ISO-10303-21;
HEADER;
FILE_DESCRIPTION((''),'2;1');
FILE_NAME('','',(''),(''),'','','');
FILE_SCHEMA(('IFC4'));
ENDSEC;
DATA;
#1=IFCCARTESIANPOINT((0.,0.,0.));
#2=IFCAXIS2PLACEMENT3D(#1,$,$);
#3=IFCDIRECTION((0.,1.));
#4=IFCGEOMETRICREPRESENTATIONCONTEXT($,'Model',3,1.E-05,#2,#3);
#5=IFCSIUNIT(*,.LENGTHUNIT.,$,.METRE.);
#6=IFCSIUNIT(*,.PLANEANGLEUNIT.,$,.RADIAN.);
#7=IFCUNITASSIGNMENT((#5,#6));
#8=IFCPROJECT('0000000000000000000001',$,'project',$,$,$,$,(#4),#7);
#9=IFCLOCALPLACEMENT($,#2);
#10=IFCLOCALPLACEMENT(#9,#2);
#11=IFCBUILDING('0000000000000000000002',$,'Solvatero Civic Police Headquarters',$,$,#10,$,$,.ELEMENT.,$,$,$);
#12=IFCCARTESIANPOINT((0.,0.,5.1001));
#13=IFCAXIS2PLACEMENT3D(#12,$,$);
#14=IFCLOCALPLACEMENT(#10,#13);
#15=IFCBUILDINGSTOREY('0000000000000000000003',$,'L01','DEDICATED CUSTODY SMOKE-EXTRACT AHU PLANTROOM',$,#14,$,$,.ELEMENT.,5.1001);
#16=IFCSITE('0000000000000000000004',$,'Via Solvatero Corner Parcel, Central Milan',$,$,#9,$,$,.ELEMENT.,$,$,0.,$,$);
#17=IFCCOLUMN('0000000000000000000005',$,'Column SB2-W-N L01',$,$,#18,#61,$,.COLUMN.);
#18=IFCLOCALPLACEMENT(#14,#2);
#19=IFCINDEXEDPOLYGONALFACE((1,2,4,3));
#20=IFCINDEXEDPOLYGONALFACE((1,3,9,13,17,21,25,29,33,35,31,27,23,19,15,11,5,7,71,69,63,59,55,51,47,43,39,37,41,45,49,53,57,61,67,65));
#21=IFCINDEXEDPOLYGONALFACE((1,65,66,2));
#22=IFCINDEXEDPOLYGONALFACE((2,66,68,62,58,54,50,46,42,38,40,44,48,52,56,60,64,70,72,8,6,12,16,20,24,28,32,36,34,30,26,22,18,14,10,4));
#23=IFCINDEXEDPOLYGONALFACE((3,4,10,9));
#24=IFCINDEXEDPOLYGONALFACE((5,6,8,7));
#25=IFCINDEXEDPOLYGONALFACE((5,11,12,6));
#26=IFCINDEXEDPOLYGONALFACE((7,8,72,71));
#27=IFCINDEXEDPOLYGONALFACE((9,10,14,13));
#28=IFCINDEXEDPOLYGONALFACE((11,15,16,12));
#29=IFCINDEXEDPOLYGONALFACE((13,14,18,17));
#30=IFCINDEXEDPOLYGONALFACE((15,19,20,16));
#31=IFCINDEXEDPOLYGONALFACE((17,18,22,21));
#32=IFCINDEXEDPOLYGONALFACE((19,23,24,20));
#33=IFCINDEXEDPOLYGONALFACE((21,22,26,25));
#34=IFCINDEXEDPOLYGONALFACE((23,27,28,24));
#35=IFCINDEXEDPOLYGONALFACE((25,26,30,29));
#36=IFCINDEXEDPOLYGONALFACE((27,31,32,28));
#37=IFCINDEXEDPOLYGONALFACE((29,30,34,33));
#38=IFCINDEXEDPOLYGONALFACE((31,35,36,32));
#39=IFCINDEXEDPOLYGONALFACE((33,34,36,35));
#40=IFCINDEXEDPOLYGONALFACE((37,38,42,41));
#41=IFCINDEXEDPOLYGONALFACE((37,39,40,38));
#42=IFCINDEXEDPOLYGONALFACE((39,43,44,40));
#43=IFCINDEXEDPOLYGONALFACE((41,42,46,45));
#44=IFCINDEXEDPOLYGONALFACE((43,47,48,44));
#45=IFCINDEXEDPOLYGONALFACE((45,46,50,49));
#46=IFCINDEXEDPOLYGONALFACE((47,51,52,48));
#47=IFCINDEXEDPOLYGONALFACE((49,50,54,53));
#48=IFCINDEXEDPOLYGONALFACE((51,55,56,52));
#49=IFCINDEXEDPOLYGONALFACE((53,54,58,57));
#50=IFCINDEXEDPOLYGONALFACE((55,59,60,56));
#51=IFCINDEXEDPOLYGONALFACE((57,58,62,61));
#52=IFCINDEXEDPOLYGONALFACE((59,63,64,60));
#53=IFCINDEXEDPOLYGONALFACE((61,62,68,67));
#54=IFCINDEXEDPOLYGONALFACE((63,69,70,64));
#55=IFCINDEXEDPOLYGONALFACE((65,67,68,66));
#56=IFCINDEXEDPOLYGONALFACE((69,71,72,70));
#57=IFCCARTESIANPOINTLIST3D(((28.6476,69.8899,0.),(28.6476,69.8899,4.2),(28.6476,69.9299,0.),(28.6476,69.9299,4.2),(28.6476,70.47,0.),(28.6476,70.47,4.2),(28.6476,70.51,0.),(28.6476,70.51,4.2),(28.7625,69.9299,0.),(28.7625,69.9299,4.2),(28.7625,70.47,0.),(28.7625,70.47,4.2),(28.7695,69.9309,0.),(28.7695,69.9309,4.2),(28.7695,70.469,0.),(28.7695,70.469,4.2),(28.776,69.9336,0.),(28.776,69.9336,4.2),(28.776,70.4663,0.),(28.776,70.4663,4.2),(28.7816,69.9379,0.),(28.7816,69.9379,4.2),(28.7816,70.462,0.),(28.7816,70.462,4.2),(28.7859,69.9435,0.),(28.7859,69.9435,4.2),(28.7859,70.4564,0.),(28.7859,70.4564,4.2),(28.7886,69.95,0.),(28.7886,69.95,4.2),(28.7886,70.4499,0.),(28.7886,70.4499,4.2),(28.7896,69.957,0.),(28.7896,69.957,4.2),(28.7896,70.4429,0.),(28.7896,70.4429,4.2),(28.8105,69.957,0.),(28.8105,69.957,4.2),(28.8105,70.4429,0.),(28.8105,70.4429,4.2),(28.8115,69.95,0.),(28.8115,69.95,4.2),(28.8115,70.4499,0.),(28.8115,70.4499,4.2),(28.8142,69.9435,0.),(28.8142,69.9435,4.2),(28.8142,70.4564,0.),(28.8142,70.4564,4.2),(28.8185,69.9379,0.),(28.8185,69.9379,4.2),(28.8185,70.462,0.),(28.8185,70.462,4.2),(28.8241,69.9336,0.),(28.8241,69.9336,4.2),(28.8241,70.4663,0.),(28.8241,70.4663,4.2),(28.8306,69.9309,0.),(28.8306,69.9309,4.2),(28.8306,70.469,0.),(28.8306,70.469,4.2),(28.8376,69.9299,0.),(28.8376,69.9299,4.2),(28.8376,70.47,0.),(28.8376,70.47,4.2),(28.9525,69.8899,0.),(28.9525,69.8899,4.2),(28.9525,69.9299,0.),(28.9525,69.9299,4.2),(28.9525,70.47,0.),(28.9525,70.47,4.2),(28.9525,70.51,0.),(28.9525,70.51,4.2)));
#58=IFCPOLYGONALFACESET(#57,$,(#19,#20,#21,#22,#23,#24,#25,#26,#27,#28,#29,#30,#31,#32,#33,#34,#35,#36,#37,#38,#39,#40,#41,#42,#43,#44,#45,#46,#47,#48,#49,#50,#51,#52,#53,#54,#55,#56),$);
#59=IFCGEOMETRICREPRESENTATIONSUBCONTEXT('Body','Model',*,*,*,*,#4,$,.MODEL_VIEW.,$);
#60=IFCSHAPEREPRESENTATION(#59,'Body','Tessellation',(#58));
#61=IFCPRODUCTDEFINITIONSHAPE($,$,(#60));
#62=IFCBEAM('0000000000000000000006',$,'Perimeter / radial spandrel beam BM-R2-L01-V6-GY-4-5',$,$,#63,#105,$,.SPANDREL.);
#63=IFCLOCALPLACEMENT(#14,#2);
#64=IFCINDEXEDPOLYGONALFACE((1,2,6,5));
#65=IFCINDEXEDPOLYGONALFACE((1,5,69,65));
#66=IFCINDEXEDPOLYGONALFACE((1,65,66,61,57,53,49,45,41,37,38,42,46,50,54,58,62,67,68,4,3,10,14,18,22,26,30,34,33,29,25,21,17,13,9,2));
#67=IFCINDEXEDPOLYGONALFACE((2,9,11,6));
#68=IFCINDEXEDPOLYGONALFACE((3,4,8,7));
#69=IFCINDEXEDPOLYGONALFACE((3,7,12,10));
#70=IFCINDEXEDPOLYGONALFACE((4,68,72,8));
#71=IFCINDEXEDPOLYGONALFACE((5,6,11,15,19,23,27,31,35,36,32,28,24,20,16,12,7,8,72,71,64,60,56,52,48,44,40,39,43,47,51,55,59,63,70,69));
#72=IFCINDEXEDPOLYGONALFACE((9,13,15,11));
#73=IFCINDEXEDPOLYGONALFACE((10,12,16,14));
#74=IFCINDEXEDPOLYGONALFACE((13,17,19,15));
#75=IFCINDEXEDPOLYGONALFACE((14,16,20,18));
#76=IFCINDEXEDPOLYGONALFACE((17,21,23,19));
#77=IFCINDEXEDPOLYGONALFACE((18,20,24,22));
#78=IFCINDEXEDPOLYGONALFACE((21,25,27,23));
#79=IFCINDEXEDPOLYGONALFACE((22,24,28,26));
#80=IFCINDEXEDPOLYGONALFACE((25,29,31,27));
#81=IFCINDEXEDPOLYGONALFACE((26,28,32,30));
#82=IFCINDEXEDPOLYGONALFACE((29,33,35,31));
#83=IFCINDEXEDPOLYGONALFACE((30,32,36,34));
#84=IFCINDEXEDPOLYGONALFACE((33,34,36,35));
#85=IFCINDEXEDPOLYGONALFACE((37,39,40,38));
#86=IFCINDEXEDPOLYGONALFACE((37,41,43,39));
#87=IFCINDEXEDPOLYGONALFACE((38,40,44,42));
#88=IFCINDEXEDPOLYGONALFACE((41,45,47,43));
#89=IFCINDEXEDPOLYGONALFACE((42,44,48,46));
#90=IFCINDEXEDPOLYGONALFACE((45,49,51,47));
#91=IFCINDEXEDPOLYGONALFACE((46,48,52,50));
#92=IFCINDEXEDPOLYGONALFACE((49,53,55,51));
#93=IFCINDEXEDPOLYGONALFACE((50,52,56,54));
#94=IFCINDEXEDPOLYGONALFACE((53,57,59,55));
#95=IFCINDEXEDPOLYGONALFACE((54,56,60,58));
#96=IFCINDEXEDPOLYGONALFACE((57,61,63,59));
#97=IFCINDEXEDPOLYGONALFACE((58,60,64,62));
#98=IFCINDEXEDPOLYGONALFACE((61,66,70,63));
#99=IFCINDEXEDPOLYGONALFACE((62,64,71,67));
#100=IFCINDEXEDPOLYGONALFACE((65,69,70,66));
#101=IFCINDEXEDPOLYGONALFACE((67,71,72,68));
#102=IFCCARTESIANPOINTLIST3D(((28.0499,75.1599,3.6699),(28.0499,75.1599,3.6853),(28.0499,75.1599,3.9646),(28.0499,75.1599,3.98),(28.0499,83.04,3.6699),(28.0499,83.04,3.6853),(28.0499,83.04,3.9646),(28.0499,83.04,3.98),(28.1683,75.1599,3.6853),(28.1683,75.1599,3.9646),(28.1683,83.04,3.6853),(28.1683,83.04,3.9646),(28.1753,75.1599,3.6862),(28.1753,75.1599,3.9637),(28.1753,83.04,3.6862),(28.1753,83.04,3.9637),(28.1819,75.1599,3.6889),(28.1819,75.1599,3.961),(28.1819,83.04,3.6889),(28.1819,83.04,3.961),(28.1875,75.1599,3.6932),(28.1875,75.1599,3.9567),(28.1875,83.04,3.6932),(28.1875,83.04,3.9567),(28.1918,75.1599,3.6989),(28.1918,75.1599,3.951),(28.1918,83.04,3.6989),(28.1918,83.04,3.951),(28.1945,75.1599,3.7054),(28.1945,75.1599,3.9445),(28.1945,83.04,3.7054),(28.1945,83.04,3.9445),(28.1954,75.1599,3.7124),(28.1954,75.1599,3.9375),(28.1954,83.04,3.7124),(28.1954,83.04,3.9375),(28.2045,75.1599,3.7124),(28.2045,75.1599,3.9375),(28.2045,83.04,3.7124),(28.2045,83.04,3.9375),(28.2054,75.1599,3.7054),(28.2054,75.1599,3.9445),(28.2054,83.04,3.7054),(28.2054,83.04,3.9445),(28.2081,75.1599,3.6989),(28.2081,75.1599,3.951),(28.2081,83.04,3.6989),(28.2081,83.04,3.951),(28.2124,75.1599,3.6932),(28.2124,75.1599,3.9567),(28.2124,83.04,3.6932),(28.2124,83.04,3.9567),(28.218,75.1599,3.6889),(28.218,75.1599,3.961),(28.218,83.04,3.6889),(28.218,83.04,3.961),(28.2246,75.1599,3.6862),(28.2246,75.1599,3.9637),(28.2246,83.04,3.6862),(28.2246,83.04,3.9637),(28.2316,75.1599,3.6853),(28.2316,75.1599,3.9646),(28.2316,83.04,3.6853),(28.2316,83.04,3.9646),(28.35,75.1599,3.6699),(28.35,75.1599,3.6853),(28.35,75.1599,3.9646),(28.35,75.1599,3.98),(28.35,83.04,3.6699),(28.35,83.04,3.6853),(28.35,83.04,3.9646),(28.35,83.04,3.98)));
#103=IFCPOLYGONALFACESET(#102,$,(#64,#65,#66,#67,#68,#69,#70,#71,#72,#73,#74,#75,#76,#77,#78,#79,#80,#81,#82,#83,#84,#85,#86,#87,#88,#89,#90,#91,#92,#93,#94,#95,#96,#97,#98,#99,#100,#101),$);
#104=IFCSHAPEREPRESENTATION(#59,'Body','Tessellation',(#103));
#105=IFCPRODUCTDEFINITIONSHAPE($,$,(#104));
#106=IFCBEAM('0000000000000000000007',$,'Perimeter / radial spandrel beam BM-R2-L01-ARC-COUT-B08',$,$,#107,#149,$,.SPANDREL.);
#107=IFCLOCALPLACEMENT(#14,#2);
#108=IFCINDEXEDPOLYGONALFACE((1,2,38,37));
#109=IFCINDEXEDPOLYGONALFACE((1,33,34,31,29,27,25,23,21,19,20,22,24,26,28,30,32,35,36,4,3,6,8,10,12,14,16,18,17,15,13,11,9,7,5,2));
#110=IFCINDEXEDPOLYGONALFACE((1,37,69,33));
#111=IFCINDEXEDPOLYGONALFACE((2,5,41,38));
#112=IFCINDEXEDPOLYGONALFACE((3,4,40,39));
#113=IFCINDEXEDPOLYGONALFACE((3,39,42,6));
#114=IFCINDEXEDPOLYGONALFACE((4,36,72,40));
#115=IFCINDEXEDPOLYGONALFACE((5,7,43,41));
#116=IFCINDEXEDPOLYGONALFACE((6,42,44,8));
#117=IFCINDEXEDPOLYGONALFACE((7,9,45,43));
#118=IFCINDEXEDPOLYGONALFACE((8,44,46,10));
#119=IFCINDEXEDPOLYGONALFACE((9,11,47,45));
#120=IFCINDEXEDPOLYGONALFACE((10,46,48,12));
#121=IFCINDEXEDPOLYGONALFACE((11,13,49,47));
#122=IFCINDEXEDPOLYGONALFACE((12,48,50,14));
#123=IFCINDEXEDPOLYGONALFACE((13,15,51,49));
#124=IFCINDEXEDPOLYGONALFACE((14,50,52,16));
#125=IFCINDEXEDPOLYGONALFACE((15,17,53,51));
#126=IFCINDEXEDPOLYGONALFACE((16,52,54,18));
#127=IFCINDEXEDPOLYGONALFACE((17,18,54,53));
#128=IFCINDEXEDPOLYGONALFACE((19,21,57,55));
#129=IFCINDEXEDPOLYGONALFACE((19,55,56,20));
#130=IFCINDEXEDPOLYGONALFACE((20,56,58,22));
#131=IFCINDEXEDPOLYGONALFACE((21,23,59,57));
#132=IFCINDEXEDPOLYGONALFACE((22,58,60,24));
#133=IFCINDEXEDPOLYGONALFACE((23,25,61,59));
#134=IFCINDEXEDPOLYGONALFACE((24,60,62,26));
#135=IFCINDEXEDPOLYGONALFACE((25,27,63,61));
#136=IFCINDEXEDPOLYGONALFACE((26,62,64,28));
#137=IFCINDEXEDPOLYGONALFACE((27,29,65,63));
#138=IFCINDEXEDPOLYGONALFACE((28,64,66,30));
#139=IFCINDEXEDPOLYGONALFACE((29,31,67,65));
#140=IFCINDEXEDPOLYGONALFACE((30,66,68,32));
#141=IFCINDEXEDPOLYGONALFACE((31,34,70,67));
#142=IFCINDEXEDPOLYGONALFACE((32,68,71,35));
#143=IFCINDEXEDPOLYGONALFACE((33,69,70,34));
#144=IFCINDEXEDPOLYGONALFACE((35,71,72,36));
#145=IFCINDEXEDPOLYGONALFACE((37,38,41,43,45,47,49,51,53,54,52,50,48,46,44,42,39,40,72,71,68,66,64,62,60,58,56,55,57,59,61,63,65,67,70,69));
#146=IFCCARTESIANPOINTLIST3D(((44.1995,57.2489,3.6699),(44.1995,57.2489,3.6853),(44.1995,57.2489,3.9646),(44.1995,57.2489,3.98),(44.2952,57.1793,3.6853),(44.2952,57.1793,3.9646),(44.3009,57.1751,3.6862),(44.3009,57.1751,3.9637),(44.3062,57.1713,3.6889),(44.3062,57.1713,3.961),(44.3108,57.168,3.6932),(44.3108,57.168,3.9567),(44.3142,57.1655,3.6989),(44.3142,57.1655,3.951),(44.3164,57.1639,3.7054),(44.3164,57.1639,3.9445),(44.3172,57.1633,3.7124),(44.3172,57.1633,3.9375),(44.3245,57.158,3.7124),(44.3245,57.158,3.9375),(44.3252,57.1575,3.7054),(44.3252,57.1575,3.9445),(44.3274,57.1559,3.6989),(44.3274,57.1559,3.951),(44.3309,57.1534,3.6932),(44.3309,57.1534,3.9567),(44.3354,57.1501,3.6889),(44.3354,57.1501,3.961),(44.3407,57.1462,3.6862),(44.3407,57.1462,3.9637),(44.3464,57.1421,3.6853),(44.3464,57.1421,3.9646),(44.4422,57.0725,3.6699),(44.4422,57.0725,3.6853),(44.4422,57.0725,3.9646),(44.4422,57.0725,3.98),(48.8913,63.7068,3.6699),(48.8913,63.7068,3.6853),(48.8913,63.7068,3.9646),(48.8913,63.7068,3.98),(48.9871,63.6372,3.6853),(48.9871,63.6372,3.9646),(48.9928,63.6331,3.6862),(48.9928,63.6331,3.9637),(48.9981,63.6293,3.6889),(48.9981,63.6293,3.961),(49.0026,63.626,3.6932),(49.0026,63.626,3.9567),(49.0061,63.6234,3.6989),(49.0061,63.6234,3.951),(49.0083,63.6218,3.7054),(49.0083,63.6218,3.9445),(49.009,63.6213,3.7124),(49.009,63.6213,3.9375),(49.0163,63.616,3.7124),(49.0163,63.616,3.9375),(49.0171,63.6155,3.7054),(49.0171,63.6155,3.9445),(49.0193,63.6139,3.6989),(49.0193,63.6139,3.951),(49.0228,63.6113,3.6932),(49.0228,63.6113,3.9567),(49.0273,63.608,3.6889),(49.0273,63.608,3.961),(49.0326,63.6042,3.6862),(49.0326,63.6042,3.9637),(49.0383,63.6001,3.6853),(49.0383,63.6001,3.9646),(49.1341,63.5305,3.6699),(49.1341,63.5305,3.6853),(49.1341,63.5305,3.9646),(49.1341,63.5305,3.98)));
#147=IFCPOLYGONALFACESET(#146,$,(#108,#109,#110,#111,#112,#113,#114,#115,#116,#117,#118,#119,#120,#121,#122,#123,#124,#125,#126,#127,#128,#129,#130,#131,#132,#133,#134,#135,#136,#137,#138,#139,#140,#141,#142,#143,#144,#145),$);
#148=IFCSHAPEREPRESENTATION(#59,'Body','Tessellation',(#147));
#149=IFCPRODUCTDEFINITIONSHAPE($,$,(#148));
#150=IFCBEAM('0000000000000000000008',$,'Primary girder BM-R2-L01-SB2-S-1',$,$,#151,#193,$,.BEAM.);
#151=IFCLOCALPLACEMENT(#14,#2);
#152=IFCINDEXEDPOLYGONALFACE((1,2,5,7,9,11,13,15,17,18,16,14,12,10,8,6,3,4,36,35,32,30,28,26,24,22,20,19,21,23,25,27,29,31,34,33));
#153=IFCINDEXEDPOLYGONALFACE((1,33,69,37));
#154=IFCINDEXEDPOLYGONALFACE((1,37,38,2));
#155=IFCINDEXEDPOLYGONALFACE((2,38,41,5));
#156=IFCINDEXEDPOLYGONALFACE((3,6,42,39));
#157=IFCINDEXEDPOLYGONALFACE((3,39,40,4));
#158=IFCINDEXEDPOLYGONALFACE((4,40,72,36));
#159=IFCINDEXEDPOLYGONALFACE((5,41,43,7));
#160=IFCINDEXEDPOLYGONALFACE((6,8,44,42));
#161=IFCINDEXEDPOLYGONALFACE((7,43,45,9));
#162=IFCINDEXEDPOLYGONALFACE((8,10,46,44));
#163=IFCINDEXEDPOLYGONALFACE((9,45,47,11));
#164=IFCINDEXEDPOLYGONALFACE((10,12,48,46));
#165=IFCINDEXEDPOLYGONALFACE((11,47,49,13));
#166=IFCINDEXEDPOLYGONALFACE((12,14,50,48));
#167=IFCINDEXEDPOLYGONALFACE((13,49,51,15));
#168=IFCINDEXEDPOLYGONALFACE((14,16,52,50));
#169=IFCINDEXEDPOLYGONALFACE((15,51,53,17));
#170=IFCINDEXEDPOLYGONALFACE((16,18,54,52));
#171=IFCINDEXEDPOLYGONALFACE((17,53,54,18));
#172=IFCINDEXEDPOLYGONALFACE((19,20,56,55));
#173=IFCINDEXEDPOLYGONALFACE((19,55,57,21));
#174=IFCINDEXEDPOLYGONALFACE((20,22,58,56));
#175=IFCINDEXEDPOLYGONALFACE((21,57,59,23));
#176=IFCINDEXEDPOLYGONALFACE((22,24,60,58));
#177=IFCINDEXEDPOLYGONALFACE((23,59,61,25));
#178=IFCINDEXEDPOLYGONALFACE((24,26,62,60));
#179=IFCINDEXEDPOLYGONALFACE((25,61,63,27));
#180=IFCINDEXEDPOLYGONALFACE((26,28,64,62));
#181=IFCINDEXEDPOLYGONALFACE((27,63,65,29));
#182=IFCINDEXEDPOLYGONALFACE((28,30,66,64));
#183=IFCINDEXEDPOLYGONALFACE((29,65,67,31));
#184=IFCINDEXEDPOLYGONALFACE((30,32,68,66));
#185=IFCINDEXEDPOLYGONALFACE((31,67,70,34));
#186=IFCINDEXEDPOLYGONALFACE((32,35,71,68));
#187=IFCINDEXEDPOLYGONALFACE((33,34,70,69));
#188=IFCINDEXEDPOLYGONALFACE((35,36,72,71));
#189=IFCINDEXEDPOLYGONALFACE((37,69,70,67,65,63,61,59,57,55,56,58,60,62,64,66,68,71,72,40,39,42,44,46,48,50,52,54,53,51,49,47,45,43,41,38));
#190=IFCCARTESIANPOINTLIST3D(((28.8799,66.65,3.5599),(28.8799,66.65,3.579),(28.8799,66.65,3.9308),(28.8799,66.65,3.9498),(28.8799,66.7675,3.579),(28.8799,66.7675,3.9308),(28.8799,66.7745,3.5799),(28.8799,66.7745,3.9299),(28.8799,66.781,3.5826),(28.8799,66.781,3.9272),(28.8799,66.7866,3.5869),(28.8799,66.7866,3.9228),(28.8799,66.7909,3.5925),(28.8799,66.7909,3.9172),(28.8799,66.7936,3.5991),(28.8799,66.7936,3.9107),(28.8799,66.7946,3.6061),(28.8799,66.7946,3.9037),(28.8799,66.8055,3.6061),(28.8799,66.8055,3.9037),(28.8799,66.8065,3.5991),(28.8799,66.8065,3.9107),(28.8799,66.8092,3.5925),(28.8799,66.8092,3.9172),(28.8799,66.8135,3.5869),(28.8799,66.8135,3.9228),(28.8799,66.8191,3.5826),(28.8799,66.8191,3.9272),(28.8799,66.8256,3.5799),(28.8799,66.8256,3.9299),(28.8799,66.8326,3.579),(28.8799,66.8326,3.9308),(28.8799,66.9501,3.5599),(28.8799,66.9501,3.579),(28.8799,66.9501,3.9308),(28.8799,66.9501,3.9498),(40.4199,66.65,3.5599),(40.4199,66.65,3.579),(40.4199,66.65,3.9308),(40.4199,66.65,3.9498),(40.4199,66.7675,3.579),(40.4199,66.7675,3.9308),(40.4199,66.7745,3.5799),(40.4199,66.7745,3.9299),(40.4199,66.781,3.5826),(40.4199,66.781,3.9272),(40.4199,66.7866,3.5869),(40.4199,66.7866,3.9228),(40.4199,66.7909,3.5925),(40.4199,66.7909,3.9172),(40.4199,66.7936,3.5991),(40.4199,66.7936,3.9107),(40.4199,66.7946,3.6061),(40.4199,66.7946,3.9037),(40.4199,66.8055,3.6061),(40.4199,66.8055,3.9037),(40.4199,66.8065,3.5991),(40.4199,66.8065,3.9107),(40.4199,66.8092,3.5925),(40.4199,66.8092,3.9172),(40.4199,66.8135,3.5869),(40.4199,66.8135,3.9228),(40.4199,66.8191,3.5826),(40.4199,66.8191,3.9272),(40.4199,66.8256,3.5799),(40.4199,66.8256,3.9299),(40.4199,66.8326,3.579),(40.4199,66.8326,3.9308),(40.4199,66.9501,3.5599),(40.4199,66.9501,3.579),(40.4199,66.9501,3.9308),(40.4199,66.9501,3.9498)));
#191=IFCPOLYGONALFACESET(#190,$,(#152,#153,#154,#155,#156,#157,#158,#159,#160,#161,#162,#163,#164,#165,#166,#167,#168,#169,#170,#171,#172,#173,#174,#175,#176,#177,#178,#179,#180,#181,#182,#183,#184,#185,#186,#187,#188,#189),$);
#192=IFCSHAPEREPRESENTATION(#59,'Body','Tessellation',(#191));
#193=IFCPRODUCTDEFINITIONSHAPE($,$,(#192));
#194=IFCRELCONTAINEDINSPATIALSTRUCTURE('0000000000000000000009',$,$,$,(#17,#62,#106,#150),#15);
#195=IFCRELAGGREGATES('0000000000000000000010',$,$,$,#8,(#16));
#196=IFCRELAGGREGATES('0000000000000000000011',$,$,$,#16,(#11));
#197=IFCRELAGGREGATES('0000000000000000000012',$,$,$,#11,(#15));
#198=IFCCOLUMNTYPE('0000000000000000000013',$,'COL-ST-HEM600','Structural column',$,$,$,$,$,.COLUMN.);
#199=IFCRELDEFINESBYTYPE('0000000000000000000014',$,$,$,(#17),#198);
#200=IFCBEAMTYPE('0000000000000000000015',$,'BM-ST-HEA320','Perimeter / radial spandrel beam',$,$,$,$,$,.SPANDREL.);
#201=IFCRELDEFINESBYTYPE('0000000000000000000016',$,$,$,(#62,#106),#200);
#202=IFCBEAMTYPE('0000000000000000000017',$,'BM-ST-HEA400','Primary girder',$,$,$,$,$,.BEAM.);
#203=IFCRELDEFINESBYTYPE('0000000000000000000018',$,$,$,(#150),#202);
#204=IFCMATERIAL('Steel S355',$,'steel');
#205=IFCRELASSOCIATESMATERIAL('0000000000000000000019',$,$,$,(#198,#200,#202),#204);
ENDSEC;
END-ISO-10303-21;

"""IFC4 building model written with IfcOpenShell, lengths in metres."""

from ifc_helpers import new_model, si_unit, direction, frame, origin, origin_2d, place, context, subcontext, project, spatial, i_section, extrude, material, material_profile, profile_set, type_object, element, save


model = new_model("IFC4")

# Units and contexts
model_context = context("Model", 3, precision=1e-05, world=origin(), true_north=direction((0.0, 1.0)))
body_context = subcontext(model_context, "Body", "Model", "MODEL_VIEW")
ifc_project = project(units=[si_unit("LENGTHUNIT", "METRE"), si_unit("PLANEANGLEUNIT", "RADIAN")], contexts=[model_context])

# Site, building, storey
site_placement = place(None, origin())
site = spatial("IfcSite", under=ifc_project, at=site_placement, Name="Via Solvatero Corner Parcel, Central Milan", CompositionType="ELEMENT", RefElevation=0.0)
building_placement = place(site_placement, origin())
building = spatial("IfcBuilding", under=site, at=building_placement, Name="Solvatero Civic Police Headquarters", CompositionType="ELEMENT")
storey_placement = place(building_placement, frame((0.0, 0.0, 5.1001)))
storey = spatial("IfcBuildingStorey", under=building, at=storey_placement, Name="L01", Description="DEDICATED CUSTODY SMOKE-EXTRACT AHU PLANTROOM", CompositionType="ELEMENT", Elevation=5.1001)

# Column
ifc_material_1 = material(Name="Steel S355", Category="steel")
ifc_material_profile_1 = material_profile(ifc_material_1, i_section(OverallWidth=0.3049, OverallDepth=0.6201, WebThickness=0.021, FlangeThickness=0.04, FilletRadius=0.0271, at=origin_2d()), Name="HEM 600")
ifc_profile_set_1 = profile_set([ifc_material_profile_1], Name="Steel S355")
column_type_1 = type_object("IfcColumnType", Name="COL-ST-HEM600", Description="Structural column", PredefinedType="COLUMN", material=ifc_profile_set_1)
column_1_placement = place(storey_placement, frame((28.8, 70.2, 0.0), z_axis=(0.0, 0.0, 1.0), x_axis=(1.0, 0.0, 0.0)))
element("IfcColumn", 1, at=column_1_placement, inside=storey, type_object=column_type_1, Name="Column SB2-W-N L01", PredefinedType="COLUMN", context=body_context, shape_type="SweptSolid", body=[
    extrude(i_section(OverallWidth=0.3049, OverallDepth=0.6201, WebThickness=0.021, FlangeThickness=0.04, FilletRadius=0.0271, at=origin_2d()), origin(), (0.0, 0.0, 1.0), 4.2),
])

# Beams
ifc_material_profile_2 = material_profile(ifc_material_1, i_section(OverallWidth=0.3, OverallDepth=0.3101, WebThickness=0.009, FlangeThickness=0.0154, FilletRadius=0.0271, at=origin_2d()), Name="HEA 320")
ifc_profile_set_2 = profile_set([ifc_material_profile_2], Name="Steel S355")
beam_type_1 = type_object("IfcBeamType", Name="BM-ST-HEA320", Description="Perimeter / radial spandrel beam", PredefinedType="SPANDREL", material=ifc_profile_set_2)
beam_1_placement = place(storey_placement, frame((28.2, 75.1599, 3.825), z_axis=(0.0, 1.0, 0.0), x_axis=(-1.0, 0.0, 0.0)))
element("IfcBeam", 2, at=beam_1_placement, inside=storey, type_object=beam_type_1, Name="Perimeter / radial spandrel beam BM-R2-L01-V6-GY-4-5", PredefinedType="SPANDREL", context=body_context, shape_type="SweptSolid", body=[
    extrude(i_section(OverallWidth=0.3, OverallDepth=0.3101, WebThickness=0.009, FlangeThickness=0.0154, FilletRadius=0.0271, at=origin_2d()), origin(), (0.0, 0.0, 1.0), 7.8801),
])
beam_2_placement = place(storey_placement, frame((49.0127, 63.6187, 3.825), z_axis=(-0.587775, -0.809024, 0.0), x_axis=(0.809024, -0.587775, 0.0)))
element("IfcBeam", 3, at=beam_2_placement, inside=storey, type_object=beam_type_1, Name="Perimeter / radial spandrel beam BM-R2-L01-ARC-COUT-B08", PredefinedType="SPANDREL", context=body_context, shape_type="SweptSolid", body=[
    extrude(i_section(OverallWidth=0.3, OverallDepth=0.3101, WebThickness=0.009, FlangeThickness=0.0154, FilletRadius=0.0271, at=origin_2d()), origin(), (0.0, 0.0, 1.0), 7.9824),
])
ifc_material_profile_3 = material_profile(ifc_material_1, i_section(OverallWidth=0.3, OverallDepth=0.3899, WebThickness=0.011, FlangeThickness=0.019, FilletRadius=0.0271, at=origin_2d()), Name="HEA 400")
ifc_profile_set_3 = profile_set([ifc_material_profile_3], Name="Steel S355")
beam_type_2 = type_object("IfcBeamType", Name="BM-ST-HEA400", Description="Primary girder", PredefinedType="BEAM", material=ifc_profile_set_3)
for number, where, z_axis, x_axis, name in (
    (4, (28.8799, 66.8, 3.7549), (1.0, 0.0, 0.0), (0.0, 1.0, 0.0), "Primary girder BM-R2-L01-SB2-S-1"),
):
    element("IfcBeam", number, at=place(storey_placement, frame(where, z_axis=z_axis, x_axis=x_axis)), inside=storey, type_object=beam_type_2, Name=name, PredefinedType="BEAM", context=body_context, shape_type="SweptSolid", body=[
        extrude(i_section(OverallWidth=0.3, OverallDepth=0.3899, WebThickness=0.011, FlangeThickness=0.019, FilletRadius=0.0271, at=origin_2d()), origin(), (0.0, 0.0, 1.0), 11.54),
    ])

save(model, "model.ifc")
